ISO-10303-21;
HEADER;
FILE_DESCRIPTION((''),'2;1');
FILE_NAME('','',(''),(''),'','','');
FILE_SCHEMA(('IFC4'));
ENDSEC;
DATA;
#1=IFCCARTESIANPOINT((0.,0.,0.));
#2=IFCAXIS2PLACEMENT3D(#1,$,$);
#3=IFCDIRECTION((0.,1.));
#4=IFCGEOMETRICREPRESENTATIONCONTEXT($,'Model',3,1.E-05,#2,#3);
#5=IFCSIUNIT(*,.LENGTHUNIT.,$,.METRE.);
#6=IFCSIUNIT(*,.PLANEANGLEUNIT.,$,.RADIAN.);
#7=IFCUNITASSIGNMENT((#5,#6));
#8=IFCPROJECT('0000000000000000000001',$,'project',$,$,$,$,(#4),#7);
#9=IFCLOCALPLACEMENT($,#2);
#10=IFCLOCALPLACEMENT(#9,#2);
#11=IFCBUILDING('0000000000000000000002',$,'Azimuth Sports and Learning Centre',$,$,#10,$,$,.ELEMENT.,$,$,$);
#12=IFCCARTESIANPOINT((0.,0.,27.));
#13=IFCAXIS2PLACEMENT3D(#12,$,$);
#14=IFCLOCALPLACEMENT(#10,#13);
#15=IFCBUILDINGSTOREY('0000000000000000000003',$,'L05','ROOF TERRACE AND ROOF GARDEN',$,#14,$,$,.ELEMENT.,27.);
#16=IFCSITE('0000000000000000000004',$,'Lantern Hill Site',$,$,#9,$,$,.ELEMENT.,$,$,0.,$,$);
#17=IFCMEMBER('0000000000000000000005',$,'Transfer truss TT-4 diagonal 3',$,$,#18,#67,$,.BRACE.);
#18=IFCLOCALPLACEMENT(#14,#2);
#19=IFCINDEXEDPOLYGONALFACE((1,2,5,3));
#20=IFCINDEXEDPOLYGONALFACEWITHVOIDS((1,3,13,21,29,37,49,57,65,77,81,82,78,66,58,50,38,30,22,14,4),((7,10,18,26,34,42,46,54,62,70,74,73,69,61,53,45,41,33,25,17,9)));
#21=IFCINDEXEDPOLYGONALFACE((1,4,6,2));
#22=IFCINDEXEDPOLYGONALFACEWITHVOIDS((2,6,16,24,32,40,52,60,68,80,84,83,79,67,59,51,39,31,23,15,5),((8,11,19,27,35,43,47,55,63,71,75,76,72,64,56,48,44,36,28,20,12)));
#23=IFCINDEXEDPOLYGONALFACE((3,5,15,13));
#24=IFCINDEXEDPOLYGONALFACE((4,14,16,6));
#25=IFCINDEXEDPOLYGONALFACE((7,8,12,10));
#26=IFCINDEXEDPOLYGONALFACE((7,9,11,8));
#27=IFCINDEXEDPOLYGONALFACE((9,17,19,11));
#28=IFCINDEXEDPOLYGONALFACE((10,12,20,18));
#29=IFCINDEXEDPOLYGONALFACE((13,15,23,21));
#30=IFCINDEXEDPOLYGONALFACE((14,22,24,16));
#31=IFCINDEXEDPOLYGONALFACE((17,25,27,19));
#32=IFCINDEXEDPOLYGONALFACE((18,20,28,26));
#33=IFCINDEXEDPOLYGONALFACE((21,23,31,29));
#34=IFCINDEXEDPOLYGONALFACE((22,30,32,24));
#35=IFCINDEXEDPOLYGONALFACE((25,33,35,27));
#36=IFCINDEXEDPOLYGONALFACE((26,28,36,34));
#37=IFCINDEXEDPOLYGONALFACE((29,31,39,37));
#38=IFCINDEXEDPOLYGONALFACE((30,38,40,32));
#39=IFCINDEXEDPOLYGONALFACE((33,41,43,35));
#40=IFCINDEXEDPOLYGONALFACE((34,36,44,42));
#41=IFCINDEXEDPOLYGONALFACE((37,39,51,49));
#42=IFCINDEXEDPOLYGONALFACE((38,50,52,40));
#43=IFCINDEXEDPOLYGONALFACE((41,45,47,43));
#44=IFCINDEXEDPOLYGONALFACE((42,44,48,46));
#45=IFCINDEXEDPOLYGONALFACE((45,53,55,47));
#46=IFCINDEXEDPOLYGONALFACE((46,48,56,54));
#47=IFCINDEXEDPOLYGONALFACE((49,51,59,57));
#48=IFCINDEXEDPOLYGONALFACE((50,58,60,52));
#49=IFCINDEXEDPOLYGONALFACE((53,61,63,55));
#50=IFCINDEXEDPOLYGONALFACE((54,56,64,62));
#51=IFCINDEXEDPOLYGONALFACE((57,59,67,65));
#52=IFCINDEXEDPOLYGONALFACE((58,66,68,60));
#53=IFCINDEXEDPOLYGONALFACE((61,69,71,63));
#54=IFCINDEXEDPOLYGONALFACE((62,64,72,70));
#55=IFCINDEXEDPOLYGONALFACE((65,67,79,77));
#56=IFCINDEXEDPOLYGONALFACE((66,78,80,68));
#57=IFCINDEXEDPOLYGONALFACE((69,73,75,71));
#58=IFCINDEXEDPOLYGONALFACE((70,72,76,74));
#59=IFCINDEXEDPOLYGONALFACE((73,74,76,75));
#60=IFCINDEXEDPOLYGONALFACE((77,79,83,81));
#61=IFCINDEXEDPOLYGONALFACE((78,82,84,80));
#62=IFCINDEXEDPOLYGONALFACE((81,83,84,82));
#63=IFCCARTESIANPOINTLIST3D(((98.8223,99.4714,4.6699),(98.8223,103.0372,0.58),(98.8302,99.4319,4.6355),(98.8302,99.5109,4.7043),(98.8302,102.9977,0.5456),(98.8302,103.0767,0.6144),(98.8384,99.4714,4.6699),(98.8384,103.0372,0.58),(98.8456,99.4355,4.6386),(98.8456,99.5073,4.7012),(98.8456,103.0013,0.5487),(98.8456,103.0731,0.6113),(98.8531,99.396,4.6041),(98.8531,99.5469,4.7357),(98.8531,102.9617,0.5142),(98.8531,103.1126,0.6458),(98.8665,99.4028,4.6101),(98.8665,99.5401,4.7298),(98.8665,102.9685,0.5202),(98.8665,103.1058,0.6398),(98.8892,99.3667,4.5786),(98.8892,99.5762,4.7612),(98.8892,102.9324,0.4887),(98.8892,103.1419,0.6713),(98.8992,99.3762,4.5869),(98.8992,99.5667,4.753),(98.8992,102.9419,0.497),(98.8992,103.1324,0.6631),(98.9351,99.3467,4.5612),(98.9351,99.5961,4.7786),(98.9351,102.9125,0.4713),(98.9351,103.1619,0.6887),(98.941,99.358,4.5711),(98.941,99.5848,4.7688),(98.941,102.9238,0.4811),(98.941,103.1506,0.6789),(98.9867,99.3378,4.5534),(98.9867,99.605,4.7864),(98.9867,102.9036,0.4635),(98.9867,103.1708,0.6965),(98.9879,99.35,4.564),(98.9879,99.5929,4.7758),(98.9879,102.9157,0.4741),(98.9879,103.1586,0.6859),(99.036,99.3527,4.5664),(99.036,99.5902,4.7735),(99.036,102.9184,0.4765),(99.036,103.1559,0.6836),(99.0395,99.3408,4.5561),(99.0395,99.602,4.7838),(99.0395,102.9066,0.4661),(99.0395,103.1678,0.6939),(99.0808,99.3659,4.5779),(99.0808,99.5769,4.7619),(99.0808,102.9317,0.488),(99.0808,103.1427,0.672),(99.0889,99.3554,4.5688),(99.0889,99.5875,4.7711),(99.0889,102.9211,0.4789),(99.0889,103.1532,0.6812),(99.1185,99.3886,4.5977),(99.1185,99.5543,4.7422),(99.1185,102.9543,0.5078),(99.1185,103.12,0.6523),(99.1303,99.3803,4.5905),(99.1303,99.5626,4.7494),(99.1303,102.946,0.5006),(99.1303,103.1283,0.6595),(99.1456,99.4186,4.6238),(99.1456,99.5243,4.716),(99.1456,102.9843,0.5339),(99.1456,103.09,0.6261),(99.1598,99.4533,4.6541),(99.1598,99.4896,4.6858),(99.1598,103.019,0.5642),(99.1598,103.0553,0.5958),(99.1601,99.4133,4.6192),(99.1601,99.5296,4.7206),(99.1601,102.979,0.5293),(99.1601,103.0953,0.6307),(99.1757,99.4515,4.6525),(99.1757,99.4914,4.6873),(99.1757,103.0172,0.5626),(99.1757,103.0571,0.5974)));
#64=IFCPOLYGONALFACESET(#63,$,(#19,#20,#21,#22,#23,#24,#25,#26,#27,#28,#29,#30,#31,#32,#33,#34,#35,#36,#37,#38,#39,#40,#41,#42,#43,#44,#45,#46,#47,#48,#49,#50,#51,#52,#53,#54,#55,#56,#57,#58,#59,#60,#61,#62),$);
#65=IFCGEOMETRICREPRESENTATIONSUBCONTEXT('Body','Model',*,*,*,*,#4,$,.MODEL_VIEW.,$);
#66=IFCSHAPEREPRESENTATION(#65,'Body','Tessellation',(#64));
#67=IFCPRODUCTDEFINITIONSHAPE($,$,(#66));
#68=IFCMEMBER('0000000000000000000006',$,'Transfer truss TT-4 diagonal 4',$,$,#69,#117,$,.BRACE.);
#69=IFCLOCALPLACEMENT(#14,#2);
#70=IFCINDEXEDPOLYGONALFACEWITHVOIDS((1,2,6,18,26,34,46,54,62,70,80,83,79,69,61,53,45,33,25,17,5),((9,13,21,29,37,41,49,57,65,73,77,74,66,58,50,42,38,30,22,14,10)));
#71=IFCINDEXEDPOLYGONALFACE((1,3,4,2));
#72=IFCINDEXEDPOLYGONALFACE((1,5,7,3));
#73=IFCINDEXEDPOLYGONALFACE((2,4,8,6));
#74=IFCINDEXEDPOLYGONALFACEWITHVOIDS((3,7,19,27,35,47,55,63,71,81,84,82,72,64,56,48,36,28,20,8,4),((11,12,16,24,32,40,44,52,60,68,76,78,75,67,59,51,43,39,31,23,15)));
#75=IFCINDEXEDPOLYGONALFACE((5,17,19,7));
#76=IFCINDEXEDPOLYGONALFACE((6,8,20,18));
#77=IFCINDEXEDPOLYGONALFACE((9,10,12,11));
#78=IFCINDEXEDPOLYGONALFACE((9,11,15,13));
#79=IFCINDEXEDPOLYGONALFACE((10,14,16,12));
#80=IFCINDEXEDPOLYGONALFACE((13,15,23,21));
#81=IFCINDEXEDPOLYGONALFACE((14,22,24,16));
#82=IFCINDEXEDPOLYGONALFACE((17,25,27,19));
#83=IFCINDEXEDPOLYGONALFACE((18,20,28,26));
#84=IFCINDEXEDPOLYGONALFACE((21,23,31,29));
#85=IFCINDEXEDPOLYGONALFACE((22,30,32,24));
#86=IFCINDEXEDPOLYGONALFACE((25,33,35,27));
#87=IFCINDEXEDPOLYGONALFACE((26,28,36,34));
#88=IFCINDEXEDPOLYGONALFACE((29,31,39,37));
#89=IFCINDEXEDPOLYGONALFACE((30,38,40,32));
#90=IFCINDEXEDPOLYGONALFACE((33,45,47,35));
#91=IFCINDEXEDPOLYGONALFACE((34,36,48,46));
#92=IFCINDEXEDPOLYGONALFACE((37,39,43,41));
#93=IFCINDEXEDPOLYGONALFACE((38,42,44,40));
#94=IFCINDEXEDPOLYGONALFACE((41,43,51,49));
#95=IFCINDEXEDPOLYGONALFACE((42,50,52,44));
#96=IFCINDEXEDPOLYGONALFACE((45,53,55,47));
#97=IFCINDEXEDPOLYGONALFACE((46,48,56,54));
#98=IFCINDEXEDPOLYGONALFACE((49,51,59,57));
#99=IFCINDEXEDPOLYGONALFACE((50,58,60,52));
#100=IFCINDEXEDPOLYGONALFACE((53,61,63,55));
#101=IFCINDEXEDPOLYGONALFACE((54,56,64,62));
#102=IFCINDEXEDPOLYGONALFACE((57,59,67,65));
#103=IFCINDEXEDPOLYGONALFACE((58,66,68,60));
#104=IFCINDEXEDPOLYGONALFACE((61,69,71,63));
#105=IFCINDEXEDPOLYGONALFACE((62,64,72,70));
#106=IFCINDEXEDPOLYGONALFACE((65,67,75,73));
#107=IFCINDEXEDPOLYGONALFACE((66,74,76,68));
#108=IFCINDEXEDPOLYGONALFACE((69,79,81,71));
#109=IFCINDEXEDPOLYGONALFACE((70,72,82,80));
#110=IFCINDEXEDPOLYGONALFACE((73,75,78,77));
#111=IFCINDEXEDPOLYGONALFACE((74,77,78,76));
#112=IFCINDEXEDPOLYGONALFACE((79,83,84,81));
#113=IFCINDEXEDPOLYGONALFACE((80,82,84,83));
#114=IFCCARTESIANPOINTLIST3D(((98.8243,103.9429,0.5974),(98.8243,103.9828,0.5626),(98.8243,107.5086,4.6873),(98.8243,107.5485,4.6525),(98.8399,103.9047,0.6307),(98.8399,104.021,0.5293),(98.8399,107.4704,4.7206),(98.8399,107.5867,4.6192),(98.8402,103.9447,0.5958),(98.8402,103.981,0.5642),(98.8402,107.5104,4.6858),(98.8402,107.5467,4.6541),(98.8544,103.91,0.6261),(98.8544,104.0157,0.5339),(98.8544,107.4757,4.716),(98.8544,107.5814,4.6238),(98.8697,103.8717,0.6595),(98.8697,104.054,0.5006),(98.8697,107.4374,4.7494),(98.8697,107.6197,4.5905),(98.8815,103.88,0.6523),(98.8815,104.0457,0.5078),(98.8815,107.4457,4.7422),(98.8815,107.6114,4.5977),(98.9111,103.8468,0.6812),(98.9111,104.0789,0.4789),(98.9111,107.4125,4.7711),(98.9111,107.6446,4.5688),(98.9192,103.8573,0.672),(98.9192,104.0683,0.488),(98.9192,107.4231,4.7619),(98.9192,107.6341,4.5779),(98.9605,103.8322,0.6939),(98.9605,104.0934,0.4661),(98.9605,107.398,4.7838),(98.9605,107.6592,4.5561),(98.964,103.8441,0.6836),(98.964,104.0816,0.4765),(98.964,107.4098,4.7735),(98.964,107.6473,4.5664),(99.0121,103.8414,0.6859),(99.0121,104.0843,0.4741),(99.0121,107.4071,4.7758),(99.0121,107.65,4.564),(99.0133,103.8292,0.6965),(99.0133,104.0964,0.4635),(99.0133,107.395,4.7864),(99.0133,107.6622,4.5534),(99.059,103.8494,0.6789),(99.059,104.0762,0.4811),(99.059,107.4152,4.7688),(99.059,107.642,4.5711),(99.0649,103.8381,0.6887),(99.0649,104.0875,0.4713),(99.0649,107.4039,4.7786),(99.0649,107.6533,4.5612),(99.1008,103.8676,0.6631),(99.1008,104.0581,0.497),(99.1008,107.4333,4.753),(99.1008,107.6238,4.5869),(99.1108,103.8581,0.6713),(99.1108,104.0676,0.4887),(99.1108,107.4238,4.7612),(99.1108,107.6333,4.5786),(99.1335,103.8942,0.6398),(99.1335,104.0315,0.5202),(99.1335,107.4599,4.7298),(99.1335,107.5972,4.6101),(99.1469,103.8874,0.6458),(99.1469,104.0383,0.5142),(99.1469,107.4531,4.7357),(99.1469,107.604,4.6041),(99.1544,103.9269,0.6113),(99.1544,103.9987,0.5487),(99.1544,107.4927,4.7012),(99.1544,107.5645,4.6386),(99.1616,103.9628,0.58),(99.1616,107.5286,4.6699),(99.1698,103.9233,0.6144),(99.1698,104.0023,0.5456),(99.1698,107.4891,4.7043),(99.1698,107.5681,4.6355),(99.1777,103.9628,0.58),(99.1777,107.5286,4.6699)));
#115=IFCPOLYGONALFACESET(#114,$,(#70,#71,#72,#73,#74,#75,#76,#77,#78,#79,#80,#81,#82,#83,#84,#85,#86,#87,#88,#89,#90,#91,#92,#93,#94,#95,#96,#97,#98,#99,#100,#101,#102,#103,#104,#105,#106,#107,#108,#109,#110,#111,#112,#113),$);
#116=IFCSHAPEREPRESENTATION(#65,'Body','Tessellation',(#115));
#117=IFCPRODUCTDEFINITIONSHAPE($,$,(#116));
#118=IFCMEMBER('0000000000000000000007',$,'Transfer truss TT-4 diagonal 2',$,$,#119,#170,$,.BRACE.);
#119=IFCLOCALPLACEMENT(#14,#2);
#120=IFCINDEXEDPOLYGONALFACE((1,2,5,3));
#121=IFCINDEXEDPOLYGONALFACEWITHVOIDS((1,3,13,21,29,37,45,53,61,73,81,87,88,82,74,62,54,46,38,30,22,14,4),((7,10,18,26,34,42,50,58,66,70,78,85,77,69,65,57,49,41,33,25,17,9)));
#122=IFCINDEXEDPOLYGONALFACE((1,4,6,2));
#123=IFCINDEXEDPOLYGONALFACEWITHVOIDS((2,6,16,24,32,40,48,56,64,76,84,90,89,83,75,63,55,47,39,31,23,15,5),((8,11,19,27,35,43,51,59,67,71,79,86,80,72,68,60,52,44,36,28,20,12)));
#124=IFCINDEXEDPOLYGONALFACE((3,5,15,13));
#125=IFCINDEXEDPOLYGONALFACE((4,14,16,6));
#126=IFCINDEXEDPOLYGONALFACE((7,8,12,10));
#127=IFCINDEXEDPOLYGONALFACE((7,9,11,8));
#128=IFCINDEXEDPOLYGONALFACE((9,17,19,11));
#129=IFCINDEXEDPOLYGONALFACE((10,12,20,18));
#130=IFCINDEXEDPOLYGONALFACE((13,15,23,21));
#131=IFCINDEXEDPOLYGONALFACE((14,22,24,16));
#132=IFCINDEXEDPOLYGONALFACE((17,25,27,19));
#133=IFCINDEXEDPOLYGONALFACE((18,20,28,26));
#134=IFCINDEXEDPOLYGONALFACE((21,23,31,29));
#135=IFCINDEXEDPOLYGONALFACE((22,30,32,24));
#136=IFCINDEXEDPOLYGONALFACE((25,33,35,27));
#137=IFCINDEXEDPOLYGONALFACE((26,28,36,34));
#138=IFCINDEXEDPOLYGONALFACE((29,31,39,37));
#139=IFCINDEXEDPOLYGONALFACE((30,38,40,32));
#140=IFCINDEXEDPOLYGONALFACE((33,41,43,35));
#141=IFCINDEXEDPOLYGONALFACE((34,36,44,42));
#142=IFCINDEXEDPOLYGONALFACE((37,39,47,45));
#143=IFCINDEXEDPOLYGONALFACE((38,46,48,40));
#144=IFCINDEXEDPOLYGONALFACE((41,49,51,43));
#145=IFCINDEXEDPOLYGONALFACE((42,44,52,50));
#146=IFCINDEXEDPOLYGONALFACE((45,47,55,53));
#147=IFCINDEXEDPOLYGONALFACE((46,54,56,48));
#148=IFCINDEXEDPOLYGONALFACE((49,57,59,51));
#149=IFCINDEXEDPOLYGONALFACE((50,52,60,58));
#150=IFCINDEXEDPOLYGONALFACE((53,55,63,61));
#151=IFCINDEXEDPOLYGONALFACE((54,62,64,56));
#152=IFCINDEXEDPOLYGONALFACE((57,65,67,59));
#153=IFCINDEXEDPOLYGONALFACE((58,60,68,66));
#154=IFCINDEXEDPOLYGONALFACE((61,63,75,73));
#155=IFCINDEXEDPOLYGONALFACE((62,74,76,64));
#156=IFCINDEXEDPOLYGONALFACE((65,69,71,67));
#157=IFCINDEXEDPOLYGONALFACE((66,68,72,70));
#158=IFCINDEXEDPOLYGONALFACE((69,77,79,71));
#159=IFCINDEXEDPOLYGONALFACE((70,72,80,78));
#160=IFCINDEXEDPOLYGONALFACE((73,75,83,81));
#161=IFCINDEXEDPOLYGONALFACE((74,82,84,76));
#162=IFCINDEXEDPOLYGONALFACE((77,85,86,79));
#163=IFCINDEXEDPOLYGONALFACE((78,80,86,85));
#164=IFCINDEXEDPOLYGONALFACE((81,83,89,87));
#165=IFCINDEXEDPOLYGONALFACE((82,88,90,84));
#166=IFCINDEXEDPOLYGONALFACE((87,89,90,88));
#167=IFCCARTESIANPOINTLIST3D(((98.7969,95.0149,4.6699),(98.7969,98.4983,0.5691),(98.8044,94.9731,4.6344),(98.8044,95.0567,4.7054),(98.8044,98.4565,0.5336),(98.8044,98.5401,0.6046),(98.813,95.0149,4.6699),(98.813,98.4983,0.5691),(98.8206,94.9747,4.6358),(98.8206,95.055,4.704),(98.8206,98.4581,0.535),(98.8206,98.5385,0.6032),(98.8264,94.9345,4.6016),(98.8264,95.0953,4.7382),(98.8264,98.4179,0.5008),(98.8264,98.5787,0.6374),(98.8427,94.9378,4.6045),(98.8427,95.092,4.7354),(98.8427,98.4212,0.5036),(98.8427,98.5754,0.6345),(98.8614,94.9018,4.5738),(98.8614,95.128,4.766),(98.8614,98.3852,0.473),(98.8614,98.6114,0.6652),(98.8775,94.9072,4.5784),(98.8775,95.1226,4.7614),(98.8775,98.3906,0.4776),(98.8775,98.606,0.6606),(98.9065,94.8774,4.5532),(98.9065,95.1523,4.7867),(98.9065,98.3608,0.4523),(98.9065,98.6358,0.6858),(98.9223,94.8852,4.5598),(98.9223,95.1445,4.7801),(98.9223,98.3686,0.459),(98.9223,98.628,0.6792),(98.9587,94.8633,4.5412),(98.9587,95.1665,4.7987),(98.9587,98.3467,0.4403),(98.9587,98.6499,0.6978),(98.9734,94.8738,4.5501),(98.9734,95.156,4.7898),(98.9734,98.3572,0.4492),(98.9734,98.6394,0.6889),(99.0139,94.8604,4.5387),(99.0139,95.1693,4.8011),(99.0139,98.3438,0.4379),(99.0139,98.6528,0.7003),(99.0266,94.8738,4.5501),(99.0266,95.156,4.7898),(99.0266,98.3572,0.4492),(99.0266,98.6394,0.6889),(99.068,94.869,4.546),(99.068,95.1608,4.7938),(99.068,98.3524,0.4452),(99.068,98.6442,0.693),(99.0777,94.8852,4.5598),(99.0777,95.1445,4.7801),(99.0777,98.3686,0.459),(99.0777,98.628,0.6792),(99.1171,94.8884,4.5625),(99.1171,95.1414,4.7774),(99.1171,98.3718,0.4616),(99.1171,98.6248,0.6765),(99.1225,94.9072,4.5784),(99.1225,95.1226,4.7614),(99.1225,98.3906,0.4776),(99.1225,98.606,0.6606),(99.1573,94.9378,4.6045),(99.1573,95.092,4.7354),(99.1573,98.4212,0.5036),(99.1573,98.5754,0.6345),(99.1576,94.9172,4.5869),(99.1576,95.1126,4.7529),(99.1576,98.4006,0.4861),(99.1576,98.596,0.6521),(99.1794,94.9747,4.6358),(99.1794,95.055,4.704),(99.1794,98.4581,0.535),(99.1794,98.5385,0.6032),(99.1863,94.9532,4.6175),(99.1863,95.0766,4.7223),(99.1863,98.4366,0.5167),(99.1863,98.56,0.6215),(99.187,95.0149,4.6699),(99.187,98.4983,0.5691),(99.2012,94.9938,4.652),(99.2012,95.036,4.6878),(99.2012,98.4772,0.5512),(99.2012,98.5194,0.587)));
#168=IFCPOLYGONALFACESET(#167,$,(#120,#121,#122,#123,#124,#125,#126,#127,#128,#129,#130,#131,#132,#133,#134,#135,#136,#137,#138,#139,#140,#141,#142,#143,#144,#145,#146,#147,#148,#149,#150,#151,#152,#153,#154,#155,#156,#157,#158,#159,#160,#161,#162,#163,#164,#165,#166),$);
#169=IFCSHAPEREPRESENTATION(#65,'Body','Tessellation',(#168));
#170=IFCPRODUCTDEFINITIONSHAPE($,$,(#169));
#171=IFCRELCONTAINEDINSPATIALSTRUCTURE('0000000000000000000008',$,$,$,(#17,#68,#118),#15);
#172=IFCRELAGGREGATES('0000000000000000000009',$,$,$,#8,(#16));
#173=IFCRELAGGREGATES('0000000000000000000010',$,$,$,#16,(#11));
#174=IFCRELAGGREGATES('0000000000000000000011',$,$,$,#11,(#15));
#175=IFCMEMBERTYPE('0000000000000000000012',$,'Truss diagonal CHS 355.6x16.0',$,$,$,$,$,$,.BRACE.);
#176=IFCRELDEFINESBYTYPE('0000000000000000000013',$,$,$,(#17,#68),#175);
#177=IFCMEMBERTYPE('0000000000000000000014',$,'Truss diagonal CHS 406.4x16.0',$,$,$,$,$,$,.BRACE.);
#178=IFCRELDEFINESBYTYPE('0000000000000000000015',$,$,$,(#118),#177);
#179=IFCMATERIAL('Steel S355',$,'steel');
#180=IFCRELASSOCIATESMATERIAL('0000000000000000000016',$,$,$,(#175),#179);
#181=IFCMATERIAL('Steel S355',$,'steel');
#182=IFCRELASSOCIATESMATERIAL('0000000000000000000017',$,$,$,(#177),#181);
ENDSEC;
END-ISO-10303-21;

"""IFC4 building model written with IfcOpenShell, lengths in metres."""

from ifc_helpers import new_model, si_unit, direction, frame, origin, origin_2d, place, context, subcontext, project, spatial, hollow_circle, extrude, material, material_profile, profile_set, type_object, element, save


model = new_model("IFC4")

# Units and contexts
model_context = context("Model", 3, precision=1e-05, world=origin(), true_north=direction((0.0, 1.0)))
body_context = subcontext(model_context, "Body", "Model", "MODEL_VIEW")
ifc_project = project(units=[si_unit("LENGTHUNIT", "METRE"), si_unit("PLANEANGLEUNIT", "RADIAN")], contexts=[model_context])

# Site, building, storey
site_placement = place(None, origin())
site = spatial("IfcSite", under=ifc_project, at=site_placement, Name="Lantern Hill Site", CompositionType="ELEMENT", RefElevation=0.0)
building_placement = place(site_placement, origin())
building = spatial("IfcBuilding", under=site, at=building_placement, Name="Azimuth Sports and Learning Centre", CompositionType="ELEMENT")
storey_placement = place(building_placement, frame((0.0, 0.0, 27.0)))
storey = spatial("IfcBuildingStorey", under=building, at=storey_placement, Name="L05", Description="ROOF TERRACE AND ROOF GARDEN", CompositionType="ELEMENT", Elevation=27.0)

# Members
ifc_material_1 = material(Name="Steel S355", Category="steel")
ifc_material_profile_1 = material_profile(ifc_material_1, hollow_circle(Radius=0.1777, WallThickness=0.0161, at=origin_2d()), Name="CHS 355.6x16.0")
ifc_profile_set_1 = profile_set([ifc_material_profile_1], Name="Steel S355")
member_type_1 = type_object("IfcMemberType", Name="Truss diagonal CHS 355.6x16.0", PredefinedType="BRACE", material=ifc_profile_set_1)
for number, where, z_axis, x_axis, name in (
    (1, (99.0, 99.4714, 4.6699), (0.0, 0.657153, -0.753757), (-1.0, 0.0, 0.0), "Transfer truss TT-4 diagonal 3"),
    (2, (99.0, 107.5286, 4.6699), (0.0, -0.657153, -0.753757), (1.0, 0.0, 0.0), "Transfer truss TT-4 diagonal 4"),
):
    element("IfcMember", number, at=place(storey_placement, frame(where, z_axis=z_axis, x_axis=x_axis)), inside=storey, type_object=member_type_1, Name=name, PredefinedType="BRACE", context=body_context, shape_type="SweptSolid", body=[
        extrude(hollow_circle(Radius=0.1777, WallThickness=0.0161, at=origin_2d()), origin(), (0.0, 0.0, 1.0), 5.426),
    ])
ifc_material_2 = material(Name="Steel S355", Category="steel")
ifc_material_profile_2 = material_profile(ifc_material_2, hollow_circle(Radius=0.2031, WallThickness=0.0161, at=origin_2d()), Name="CHS 406.4x16.0")
ifc_profile_set_2 = profile_set([ifc_material_profile_2], Name="Steel S355")
member_type_2 = type_object("IfcMemberType", Name="Truss diagonal CHS 406.4x16.0", PredefinedType="BRACE", material=ifc_profile_set_2)
member_1_placement = place(storey_placement, frame((99.0, 95.0149, 4.6699), z_axis=(0.0, 0.647399, -0.762151), x_axis=(-1.0, 0.0, 0.0)))
element("IfcMember", 3, at=member_1_placement, inside=storey, type_object=member_type_2, Name="Transfer truss TT-4 diagonal 2", PredefinedType="BRACE", context=body_context, shape_type="SweptSolid", body=[
    extrude(hollow_circle(Radius=0.2031, WallThickness=0.0161, at=origin_2d()), origin(), (0.0, 0.0, 1.0), 5.3806),
])

save(model, "model.ifc")
